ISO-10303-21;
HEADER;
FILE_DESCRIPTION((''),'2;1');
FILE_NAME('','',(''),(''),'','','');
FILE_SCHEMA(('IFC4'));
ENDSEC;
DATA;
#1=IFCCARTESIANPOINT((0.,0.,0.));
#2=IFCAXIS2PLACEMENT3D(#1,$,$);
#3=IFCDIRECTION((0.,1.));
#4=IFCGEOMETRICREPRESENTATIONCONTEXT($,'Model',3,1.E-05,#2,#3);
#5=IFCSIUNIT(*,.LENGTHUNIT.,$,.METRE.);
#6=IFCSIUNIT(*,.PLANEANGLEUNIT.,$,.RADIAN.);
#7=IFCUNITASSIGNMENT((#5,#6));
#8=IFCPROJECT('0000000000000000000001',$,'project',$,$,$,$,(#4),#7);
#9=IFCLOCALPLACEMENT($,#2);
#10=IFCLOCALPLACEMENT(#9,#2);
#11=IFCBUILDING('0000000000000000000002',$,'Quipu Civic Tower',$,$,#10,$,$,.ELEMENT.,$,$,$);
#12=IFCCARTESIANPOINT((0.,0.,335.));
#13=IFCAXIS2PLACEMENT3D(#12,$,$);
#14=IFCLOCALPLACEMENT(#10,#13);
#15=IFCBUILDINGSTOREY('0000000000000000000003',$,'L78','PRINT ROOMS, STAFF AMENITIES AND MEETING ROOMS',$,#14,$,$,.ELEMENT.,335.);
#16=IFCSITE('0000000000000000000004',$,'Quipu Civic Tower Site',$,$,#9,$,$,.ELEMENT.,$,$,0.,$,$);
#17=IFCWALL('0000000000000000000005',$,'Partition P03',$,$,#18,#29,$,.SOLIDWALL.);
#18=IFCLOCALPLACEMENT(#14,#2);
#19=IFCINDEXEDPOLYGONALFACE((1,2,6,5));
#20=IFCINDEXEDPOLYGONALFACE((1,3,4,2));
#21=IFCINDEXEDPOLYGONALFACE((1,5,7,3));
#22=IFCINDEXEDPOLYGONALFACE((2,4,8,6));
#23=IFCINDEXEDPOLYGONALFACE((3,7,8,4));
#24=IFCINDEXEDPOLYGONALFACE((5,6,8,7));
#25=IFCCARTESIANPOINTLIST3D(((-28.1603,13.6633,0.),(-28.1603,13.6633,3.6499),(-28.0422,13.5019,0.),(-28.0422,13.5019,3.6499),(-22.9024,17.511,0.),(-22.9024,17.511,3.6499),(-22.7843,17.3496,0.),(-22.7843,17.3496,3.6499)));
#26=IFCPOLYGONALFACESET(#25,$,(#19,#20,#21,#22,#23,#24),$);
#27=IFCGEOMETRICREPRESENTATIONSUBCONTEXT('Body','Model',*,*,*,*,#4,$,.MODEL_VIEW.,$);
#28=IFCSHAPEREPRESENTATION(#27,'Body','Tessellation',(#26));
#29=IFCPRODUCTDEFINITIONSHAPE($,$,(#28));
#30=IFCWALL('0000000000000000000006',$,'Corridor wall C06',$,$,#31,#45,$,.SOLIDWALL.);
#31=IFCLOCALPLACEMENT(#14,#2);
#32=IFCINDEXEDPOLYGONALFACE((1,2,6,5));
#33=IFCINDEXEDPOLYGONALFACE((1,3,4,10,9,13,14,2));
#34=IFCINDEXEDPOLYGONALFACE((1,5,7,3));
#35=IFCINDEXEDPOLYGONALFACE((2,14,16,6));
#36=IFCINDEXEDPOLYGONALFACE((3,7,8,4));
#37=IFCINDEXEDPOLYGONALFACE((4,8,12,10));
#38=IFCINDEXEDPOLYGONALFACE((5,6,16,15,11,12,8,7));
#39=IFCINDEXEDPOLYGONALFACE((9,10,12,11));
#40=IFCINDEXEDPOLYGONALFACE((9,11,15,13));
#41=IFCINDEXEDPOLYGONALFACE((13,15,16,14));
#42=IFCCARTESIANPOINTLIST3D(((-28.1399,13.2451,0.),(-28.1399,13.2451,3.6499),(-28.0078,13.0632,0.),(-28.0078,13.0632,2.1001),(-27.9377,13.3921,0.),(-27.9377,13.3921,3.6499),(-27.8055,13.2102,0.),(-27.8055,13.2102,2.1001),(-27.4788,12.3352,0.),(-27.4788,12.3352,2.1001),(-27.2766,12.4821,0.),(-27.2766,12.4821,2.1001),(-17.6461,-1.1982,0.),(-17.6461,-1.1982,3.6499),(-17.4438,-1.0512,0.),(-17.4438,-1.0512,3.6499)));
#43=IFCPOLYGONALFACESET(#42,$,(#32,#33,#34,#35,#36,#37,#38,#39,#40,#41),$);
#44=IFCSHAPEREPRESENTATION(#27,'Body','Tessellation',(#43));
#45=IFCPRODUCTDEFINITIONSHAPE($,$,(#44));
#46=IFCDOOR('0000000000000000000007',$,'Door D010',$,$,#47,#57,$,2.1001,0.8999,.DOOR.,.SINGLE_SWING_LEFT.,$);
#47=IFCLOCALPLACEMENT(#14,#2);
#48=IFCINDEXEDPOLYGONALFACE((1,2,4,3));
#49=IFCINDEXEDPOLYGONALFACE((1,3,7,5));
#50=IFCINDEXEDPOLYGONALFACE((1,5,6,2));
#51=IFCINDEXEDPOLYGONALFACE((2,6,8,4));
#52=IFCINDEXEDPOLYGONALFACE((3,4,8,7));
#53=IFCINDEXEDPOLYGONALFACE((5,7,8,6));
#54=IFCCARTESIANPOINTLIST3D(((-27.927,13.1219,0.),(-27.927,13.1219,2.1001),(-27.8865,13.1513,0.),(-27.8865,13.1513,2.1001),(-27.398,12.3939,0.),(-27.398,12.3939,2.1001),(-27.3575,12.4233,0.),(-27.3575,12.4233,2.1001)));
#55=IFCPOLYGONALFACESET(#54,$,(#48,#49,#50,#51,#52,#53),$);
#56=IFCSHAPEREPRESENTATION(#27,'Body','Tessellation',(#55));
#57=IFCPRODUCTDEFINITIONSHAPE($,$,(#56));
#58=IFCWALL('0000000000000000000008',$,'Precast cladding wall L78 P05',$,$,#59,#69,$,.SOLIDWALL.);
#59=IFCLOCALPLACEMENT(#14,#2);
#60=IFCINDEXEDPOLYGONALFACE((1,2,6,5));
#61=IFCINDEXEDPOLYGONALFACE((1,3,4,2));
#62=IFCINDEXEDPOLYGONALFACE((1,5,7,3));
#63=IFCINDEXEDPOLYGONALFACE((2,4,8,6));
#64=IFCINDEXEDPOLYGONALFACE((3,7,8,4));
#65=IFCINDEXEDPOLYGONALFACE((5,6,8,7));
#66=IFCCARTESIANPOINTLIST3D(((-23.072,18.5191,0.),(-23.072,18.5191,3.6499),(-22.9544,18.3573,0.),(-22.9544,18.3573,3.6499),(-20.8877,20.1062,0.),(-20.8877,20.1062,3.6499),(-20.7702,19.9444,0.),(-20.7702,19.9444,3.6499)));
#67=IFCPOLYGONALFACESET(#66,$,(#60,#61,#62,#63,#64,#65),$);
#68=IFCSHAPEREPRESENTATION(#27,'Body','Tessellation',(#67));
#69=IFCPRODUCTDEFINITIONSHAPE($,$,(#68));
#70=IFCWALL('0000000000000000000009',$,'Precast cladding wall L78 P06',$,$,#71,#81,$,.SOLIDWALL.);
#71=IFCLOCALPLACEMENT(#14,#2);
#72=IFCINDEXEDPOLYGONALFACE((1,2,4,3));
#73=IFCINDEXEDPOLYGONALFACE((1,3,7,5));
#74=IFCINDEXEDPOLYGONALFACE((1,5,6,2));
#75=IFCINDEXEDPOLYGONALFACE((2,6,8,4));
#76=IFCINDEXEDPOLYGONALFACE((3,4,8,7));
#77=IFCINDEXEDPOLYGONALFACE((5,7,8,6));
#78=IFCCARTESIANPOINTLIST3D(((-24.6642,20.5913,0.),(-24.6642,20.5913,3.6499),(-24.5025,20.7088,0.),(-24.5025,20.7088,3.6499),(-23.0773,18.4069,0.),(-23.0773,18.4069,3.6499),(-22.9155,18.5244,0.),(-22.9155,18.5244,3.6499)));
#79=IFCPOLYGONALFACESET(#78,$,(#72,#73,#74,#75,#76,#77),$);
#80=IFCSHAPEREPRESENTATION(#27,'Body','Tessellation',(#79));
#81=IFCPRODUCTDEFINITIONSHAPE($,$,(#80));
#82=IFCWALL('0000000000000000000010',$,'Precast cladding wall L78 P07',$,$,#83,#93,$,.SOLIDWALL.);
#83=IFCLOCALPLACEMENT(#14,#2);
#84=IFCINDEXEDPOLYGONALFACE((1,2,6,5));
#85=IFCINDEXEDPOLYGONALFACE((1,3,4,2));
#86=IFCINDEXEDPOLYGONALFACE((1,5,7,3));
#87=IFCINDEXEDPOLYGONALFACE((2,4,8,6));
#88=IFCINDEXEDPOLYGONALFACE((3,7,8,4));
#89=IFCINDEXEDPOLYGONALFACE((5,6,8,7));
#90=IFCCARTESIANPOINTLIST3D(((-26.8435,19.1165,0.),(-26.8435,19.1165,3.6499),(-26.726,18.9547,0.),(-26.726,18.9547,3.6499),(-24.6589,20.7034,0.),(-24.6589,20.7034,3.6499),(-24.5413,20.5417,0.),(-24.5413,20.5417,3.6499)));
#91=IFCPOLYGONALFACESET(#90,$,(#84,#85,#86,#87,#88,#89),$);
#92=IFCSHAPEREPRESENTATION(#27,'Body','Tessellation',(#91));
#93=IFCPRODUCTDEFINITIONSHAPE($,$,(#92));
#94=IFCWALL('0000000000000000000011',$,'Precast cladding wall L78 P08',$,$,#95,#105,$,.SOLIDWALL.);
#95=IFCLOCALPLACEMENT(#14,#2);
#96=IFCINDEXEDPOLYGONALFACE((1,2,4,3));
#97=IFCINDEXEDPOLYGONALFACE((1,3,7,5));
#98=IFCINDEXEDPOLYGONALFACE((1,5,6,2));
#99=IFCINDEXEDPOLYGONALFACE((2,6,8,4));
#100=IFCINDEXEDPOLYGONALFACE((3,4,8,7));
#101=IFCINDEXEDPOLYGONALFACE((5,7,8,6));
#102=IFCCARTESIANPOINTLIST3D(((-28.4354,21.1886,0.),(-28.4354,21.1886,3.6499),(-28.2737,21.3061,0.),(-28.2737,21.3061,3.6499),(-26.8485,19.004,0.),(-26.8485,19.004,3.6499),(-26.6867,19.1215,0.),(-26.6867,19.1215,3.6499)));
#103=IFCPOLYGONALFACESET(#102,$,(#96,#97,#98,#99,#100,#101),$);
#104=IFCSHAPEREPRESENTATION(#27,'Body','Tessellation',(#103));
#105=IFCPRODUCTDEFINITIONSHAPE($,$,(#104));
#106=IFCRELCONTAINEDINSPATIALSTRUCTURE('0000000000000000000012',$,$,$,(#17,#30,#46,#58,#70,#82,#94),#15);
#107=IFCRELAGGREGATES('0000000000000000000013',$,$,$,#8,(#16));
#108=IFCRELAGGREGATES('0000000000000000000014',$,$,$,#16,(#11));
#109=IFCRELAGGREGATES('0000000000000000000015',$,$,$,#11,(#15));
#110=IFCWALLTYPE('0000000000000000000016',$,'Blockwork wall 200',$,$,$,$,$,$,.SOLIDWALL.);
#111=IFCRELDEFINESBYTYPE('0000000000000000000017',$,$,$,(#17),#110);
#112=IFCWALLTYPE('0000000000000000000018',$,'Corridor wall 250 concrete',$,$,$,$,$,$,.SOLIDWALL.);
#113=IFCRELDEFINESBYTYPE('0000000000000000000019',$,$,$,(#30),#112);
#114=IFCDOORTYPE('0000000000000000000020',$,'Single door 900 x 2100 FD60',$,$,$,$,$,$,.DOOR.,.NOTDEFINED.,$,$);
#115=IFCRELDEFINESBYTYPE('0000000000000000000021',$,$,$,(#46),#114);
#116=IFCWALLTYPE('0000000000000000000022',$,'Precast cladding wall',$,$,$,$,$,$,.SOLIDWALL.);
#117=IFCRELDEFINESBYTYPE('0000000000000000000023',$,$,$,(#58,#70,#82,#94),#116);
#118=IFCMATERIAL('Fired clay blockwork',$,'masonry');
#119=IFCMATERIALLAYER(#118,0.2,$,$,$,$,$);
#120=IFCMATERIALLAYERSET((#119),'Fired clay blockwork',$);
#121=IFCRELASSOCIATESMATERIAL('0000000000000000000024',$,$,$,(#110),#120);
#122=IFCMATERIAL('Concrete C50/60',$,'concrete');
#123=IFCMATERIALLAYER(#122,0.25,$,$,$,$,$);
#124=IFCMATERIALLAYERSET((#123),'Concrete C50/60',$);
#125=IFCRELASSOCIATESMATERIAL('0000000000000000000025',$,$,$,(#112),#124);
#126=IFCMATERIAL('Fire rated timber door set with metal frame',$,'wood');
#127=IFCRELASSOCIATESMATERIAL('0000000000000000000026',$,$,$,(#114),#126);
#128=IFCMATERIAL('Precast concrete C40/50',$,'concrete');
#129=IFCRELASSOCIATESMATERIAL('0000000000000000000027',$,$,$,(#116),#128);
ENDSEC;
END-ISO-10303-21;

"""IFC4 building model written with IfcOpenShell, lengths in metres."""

from ifc_helpers import new_model, si_unit, direction, frame, frame_2d, origin, place, context, subcontext, project, spatial, rectangle, extrude, material, layer, layer_set, type_object, element, fill, save


model = new_model("IFC4")

# Units and contexts
model_context = context("Model", 3, precision=1e-05, world=origin(), true_north=direction((0.0, 1.0)))
body_context = subcontext(model_context, "Body", "Model", "MODEL_VIEW")
ifc_project = project(units=[si_unit("LENGTHUNIT", "METRE"), si_unit("PLANEANGLEUNIT", "RADIAN")], contexts=[model_context])

# Site, building, storey
site_placement = place(None, origin())
site = spatial("IfcSite", under=ifc_project, at=site_placement, Name="Quipu Civic Tower Site", CompositionType="ELEMENT", RefElevation=0.0)
building_placement = place(site_placement, origin())
building = spatial("IfcBuilding", under=site, at=building_placement, Name="Quipu Civic Tower", CompositionType="ELEMENT")
storey_placement = place(building_placement, frame((0.0, 0.0, 335.0)))
storey = spatial("IfcBuildingStorey", under=building, at=storey_placement, Name="L78", Description="PRINT ROOMS, STAFF AMENITIES AND MEETING ROOMS", CompositionType="ELEMENT", Elevation=335.0)

# Wall
ifc_material_1 = material(Name="Fired clay blockwork", Category="masonry")
ifc_layer_1 = layer(ifc_material_1, 0.2)
ifc_layer_set_1 = layer_set([ifc_layer_1], Name="Fired clay blockwork")
wall_type_1 = type_object("IfcWallType", Name="Blockwork wall 200", PredefinedType="SOLIDWALL", material=ifc_layer_set_1)
wall_1_placement = place(storey_placement, frame((-28.1013, 13.5825, 0.0), z_axis=(0.0, 0.0, 1.0), x_axis=(0.806995, 0.590558, 0.0)))
element("IfcWall", 1, at=wall_1_placement, inside=storey, type_object=wall_type_1, Name="Partition P03", PredefinedType="SOLIDWALL", context=body_context, shape_type="SweptSolid", body=[
    extrude(rectangle(XDim=6.5154, YDim=0.2, at=frame_2d((3.2578, 0.0))), origin(), (0.0, 0.0, 1.0), 3.6499),
])

# Wall, opening, door
ifc_material_2 = material(Name="Concrete C50/60", Category="concrete")
ifc_layer_2 = layer(ifc_material_2, 0.25)
ifc_layer_set_2 = layer_set([ifc_layer_2], Name="Concrete C50/60")
wall_type_2 = type_object("IfcWallType", Name="Corridor wall 250 concrete", PredefinedType="SOLIDWALL", material=ifc_layer_set_2)
wall_2_placement = place(storey_placement, frame((-28.0388, 13.3186, 0.0), z_axis=(0.0, 0.0, 1.0), x_axis=(0.587792, -0.809012, 0.0)))
wall_2 = element("IfcWall", 2, at=wall_2_placement, inside=storey, type_object=wall_type_2, Name="Corridor wall C06", PredefinedType="SOLIDWALL", context=body_context, shape_type="SweptSolid", body=[
    extrude(rectangle(XDim=17.853, YDim=0.25, at=frame_2d((8.9265, 0.0))), origin(), (0.0, 0.0, 1.0), 3.6499),
])
opening_placement = place(wall_2_placement, frame((0.2249, 0.0, 0.0)))
opening = element("IfcOpeningElement", 3, at=opening_placement, cuts=wall_2, PredefinedType="OPENING", context=body_context, shape_type="SweptSolid", body=[
    extrude(rectangle(XDim=0.8999, YDim=2.1001, at=frame_2d((0.45, 1.05))), frame((0.0, 0.135, 0.0), z_axis=(0.0, -1.0, 0.0), x_axis=(1.0, 0.0, 0.0)), (0.0, 0.0, 1.0), 0.27),
])
ifc_material_3 = material(Name="Fire rated timber door set with metal frame", Category="wood")
door_type = type_object("IfcDoorType", Name="Single door 900 x 2100 FD60", OperationType="NOTDEFINED", PredefinedType="DOOR", material=ifc_material_3)
door_placement = place(opening_placement, origin())
door = element("IfcDoor", 4, at=door_placement, inside=storey, type_object=door_type, Name="Door D010", OperationType="SINGLE_SWING_LEFT", OverallHeight=2.1001, OverallWidth=0.8999, PredefinedType="DOOR", context=body_context, shape_type="SweptSolid", body=[
    extrude(rectangle(XDim=0.8999, YDim=2.1001, at=frame_2d((0.45, 1.05))), frame((0.0, 0.0249, 0.0), z_axis=(0.0, -1.0, 0.0), x_axis=(1.0, 0.0, 0.0)), (0.0, 0.0, 1.0), 0.05),
])
fill(opening, door)

# Walls
ifc_material_4 = material(Name="Precast concrete C40/50", Category="concrete")
wall_type_3 = type_object("IfcWallType", Name="Precast cladding wall", PredefinedType="SOLIDWALL", material=ifc_material_4)
for number, where, z_axis, x_axis, name in (
    (5, (-20.8289, 20.0254, 0.0), (0.0, 0.0, 1.0), (-0.80899, -0.587822, 0.0), "Precast cladding wall L78 P05"),
    (6, (-22.9963, 18.4656, 0.0), (0.0, 0.0, 1.0), (-0.587763, 0.809033, 0.0), "Precast cladding wall L78 P06"),
):
    element("IfcWall", number, at=place(storey_placement, frame(where, z_axis=z_axis, x_axis=x_axis)), inside=storey, type_object=wall_type_3, Name=name, PredefinedType="SOLIDWALL", context=body_context, shape_type="SweptSolid", body=[
        extrude(rectangle(XDim=2.7, YDim=0.2, at=frame_2d((1.3501, 0.0))), origin(), (0.0, 0.0, 1.0), 3.6499),
    ])
for number, where, z_axis, x_axis, name in (
    (7, (-24.6001, 20.6226, 0.0), (0.0, 0.0, 1.0), (-0.809064, -0.58772, 0.0), "Precast cladding wall L78 P07"),
    (8, (-26.7676, 19.0627, 0.0), (0.0, 0.0, 1.0), (-0.58772, 0.809064, 0.0), "Precast cladding wall L78 P08"),
):
    element("IfcWall", number, at=place(storey_placement, frame(where, z_axis=z_axis, x_axis=x_axis)), inside=storey, type_object=wall_type_3, Name=name, PredefinedType="SOLIDWALL", context=body_context, shape_type="SweptSolid", body=[
        extrude(rectangle(XDim=2.7002, YDim=0.2, at=frame_2d((1.3501, 0.0))), origin(), (0.0, 0.0, 1.0), 3.6499),
    ])

save(model, "model.ifc")
